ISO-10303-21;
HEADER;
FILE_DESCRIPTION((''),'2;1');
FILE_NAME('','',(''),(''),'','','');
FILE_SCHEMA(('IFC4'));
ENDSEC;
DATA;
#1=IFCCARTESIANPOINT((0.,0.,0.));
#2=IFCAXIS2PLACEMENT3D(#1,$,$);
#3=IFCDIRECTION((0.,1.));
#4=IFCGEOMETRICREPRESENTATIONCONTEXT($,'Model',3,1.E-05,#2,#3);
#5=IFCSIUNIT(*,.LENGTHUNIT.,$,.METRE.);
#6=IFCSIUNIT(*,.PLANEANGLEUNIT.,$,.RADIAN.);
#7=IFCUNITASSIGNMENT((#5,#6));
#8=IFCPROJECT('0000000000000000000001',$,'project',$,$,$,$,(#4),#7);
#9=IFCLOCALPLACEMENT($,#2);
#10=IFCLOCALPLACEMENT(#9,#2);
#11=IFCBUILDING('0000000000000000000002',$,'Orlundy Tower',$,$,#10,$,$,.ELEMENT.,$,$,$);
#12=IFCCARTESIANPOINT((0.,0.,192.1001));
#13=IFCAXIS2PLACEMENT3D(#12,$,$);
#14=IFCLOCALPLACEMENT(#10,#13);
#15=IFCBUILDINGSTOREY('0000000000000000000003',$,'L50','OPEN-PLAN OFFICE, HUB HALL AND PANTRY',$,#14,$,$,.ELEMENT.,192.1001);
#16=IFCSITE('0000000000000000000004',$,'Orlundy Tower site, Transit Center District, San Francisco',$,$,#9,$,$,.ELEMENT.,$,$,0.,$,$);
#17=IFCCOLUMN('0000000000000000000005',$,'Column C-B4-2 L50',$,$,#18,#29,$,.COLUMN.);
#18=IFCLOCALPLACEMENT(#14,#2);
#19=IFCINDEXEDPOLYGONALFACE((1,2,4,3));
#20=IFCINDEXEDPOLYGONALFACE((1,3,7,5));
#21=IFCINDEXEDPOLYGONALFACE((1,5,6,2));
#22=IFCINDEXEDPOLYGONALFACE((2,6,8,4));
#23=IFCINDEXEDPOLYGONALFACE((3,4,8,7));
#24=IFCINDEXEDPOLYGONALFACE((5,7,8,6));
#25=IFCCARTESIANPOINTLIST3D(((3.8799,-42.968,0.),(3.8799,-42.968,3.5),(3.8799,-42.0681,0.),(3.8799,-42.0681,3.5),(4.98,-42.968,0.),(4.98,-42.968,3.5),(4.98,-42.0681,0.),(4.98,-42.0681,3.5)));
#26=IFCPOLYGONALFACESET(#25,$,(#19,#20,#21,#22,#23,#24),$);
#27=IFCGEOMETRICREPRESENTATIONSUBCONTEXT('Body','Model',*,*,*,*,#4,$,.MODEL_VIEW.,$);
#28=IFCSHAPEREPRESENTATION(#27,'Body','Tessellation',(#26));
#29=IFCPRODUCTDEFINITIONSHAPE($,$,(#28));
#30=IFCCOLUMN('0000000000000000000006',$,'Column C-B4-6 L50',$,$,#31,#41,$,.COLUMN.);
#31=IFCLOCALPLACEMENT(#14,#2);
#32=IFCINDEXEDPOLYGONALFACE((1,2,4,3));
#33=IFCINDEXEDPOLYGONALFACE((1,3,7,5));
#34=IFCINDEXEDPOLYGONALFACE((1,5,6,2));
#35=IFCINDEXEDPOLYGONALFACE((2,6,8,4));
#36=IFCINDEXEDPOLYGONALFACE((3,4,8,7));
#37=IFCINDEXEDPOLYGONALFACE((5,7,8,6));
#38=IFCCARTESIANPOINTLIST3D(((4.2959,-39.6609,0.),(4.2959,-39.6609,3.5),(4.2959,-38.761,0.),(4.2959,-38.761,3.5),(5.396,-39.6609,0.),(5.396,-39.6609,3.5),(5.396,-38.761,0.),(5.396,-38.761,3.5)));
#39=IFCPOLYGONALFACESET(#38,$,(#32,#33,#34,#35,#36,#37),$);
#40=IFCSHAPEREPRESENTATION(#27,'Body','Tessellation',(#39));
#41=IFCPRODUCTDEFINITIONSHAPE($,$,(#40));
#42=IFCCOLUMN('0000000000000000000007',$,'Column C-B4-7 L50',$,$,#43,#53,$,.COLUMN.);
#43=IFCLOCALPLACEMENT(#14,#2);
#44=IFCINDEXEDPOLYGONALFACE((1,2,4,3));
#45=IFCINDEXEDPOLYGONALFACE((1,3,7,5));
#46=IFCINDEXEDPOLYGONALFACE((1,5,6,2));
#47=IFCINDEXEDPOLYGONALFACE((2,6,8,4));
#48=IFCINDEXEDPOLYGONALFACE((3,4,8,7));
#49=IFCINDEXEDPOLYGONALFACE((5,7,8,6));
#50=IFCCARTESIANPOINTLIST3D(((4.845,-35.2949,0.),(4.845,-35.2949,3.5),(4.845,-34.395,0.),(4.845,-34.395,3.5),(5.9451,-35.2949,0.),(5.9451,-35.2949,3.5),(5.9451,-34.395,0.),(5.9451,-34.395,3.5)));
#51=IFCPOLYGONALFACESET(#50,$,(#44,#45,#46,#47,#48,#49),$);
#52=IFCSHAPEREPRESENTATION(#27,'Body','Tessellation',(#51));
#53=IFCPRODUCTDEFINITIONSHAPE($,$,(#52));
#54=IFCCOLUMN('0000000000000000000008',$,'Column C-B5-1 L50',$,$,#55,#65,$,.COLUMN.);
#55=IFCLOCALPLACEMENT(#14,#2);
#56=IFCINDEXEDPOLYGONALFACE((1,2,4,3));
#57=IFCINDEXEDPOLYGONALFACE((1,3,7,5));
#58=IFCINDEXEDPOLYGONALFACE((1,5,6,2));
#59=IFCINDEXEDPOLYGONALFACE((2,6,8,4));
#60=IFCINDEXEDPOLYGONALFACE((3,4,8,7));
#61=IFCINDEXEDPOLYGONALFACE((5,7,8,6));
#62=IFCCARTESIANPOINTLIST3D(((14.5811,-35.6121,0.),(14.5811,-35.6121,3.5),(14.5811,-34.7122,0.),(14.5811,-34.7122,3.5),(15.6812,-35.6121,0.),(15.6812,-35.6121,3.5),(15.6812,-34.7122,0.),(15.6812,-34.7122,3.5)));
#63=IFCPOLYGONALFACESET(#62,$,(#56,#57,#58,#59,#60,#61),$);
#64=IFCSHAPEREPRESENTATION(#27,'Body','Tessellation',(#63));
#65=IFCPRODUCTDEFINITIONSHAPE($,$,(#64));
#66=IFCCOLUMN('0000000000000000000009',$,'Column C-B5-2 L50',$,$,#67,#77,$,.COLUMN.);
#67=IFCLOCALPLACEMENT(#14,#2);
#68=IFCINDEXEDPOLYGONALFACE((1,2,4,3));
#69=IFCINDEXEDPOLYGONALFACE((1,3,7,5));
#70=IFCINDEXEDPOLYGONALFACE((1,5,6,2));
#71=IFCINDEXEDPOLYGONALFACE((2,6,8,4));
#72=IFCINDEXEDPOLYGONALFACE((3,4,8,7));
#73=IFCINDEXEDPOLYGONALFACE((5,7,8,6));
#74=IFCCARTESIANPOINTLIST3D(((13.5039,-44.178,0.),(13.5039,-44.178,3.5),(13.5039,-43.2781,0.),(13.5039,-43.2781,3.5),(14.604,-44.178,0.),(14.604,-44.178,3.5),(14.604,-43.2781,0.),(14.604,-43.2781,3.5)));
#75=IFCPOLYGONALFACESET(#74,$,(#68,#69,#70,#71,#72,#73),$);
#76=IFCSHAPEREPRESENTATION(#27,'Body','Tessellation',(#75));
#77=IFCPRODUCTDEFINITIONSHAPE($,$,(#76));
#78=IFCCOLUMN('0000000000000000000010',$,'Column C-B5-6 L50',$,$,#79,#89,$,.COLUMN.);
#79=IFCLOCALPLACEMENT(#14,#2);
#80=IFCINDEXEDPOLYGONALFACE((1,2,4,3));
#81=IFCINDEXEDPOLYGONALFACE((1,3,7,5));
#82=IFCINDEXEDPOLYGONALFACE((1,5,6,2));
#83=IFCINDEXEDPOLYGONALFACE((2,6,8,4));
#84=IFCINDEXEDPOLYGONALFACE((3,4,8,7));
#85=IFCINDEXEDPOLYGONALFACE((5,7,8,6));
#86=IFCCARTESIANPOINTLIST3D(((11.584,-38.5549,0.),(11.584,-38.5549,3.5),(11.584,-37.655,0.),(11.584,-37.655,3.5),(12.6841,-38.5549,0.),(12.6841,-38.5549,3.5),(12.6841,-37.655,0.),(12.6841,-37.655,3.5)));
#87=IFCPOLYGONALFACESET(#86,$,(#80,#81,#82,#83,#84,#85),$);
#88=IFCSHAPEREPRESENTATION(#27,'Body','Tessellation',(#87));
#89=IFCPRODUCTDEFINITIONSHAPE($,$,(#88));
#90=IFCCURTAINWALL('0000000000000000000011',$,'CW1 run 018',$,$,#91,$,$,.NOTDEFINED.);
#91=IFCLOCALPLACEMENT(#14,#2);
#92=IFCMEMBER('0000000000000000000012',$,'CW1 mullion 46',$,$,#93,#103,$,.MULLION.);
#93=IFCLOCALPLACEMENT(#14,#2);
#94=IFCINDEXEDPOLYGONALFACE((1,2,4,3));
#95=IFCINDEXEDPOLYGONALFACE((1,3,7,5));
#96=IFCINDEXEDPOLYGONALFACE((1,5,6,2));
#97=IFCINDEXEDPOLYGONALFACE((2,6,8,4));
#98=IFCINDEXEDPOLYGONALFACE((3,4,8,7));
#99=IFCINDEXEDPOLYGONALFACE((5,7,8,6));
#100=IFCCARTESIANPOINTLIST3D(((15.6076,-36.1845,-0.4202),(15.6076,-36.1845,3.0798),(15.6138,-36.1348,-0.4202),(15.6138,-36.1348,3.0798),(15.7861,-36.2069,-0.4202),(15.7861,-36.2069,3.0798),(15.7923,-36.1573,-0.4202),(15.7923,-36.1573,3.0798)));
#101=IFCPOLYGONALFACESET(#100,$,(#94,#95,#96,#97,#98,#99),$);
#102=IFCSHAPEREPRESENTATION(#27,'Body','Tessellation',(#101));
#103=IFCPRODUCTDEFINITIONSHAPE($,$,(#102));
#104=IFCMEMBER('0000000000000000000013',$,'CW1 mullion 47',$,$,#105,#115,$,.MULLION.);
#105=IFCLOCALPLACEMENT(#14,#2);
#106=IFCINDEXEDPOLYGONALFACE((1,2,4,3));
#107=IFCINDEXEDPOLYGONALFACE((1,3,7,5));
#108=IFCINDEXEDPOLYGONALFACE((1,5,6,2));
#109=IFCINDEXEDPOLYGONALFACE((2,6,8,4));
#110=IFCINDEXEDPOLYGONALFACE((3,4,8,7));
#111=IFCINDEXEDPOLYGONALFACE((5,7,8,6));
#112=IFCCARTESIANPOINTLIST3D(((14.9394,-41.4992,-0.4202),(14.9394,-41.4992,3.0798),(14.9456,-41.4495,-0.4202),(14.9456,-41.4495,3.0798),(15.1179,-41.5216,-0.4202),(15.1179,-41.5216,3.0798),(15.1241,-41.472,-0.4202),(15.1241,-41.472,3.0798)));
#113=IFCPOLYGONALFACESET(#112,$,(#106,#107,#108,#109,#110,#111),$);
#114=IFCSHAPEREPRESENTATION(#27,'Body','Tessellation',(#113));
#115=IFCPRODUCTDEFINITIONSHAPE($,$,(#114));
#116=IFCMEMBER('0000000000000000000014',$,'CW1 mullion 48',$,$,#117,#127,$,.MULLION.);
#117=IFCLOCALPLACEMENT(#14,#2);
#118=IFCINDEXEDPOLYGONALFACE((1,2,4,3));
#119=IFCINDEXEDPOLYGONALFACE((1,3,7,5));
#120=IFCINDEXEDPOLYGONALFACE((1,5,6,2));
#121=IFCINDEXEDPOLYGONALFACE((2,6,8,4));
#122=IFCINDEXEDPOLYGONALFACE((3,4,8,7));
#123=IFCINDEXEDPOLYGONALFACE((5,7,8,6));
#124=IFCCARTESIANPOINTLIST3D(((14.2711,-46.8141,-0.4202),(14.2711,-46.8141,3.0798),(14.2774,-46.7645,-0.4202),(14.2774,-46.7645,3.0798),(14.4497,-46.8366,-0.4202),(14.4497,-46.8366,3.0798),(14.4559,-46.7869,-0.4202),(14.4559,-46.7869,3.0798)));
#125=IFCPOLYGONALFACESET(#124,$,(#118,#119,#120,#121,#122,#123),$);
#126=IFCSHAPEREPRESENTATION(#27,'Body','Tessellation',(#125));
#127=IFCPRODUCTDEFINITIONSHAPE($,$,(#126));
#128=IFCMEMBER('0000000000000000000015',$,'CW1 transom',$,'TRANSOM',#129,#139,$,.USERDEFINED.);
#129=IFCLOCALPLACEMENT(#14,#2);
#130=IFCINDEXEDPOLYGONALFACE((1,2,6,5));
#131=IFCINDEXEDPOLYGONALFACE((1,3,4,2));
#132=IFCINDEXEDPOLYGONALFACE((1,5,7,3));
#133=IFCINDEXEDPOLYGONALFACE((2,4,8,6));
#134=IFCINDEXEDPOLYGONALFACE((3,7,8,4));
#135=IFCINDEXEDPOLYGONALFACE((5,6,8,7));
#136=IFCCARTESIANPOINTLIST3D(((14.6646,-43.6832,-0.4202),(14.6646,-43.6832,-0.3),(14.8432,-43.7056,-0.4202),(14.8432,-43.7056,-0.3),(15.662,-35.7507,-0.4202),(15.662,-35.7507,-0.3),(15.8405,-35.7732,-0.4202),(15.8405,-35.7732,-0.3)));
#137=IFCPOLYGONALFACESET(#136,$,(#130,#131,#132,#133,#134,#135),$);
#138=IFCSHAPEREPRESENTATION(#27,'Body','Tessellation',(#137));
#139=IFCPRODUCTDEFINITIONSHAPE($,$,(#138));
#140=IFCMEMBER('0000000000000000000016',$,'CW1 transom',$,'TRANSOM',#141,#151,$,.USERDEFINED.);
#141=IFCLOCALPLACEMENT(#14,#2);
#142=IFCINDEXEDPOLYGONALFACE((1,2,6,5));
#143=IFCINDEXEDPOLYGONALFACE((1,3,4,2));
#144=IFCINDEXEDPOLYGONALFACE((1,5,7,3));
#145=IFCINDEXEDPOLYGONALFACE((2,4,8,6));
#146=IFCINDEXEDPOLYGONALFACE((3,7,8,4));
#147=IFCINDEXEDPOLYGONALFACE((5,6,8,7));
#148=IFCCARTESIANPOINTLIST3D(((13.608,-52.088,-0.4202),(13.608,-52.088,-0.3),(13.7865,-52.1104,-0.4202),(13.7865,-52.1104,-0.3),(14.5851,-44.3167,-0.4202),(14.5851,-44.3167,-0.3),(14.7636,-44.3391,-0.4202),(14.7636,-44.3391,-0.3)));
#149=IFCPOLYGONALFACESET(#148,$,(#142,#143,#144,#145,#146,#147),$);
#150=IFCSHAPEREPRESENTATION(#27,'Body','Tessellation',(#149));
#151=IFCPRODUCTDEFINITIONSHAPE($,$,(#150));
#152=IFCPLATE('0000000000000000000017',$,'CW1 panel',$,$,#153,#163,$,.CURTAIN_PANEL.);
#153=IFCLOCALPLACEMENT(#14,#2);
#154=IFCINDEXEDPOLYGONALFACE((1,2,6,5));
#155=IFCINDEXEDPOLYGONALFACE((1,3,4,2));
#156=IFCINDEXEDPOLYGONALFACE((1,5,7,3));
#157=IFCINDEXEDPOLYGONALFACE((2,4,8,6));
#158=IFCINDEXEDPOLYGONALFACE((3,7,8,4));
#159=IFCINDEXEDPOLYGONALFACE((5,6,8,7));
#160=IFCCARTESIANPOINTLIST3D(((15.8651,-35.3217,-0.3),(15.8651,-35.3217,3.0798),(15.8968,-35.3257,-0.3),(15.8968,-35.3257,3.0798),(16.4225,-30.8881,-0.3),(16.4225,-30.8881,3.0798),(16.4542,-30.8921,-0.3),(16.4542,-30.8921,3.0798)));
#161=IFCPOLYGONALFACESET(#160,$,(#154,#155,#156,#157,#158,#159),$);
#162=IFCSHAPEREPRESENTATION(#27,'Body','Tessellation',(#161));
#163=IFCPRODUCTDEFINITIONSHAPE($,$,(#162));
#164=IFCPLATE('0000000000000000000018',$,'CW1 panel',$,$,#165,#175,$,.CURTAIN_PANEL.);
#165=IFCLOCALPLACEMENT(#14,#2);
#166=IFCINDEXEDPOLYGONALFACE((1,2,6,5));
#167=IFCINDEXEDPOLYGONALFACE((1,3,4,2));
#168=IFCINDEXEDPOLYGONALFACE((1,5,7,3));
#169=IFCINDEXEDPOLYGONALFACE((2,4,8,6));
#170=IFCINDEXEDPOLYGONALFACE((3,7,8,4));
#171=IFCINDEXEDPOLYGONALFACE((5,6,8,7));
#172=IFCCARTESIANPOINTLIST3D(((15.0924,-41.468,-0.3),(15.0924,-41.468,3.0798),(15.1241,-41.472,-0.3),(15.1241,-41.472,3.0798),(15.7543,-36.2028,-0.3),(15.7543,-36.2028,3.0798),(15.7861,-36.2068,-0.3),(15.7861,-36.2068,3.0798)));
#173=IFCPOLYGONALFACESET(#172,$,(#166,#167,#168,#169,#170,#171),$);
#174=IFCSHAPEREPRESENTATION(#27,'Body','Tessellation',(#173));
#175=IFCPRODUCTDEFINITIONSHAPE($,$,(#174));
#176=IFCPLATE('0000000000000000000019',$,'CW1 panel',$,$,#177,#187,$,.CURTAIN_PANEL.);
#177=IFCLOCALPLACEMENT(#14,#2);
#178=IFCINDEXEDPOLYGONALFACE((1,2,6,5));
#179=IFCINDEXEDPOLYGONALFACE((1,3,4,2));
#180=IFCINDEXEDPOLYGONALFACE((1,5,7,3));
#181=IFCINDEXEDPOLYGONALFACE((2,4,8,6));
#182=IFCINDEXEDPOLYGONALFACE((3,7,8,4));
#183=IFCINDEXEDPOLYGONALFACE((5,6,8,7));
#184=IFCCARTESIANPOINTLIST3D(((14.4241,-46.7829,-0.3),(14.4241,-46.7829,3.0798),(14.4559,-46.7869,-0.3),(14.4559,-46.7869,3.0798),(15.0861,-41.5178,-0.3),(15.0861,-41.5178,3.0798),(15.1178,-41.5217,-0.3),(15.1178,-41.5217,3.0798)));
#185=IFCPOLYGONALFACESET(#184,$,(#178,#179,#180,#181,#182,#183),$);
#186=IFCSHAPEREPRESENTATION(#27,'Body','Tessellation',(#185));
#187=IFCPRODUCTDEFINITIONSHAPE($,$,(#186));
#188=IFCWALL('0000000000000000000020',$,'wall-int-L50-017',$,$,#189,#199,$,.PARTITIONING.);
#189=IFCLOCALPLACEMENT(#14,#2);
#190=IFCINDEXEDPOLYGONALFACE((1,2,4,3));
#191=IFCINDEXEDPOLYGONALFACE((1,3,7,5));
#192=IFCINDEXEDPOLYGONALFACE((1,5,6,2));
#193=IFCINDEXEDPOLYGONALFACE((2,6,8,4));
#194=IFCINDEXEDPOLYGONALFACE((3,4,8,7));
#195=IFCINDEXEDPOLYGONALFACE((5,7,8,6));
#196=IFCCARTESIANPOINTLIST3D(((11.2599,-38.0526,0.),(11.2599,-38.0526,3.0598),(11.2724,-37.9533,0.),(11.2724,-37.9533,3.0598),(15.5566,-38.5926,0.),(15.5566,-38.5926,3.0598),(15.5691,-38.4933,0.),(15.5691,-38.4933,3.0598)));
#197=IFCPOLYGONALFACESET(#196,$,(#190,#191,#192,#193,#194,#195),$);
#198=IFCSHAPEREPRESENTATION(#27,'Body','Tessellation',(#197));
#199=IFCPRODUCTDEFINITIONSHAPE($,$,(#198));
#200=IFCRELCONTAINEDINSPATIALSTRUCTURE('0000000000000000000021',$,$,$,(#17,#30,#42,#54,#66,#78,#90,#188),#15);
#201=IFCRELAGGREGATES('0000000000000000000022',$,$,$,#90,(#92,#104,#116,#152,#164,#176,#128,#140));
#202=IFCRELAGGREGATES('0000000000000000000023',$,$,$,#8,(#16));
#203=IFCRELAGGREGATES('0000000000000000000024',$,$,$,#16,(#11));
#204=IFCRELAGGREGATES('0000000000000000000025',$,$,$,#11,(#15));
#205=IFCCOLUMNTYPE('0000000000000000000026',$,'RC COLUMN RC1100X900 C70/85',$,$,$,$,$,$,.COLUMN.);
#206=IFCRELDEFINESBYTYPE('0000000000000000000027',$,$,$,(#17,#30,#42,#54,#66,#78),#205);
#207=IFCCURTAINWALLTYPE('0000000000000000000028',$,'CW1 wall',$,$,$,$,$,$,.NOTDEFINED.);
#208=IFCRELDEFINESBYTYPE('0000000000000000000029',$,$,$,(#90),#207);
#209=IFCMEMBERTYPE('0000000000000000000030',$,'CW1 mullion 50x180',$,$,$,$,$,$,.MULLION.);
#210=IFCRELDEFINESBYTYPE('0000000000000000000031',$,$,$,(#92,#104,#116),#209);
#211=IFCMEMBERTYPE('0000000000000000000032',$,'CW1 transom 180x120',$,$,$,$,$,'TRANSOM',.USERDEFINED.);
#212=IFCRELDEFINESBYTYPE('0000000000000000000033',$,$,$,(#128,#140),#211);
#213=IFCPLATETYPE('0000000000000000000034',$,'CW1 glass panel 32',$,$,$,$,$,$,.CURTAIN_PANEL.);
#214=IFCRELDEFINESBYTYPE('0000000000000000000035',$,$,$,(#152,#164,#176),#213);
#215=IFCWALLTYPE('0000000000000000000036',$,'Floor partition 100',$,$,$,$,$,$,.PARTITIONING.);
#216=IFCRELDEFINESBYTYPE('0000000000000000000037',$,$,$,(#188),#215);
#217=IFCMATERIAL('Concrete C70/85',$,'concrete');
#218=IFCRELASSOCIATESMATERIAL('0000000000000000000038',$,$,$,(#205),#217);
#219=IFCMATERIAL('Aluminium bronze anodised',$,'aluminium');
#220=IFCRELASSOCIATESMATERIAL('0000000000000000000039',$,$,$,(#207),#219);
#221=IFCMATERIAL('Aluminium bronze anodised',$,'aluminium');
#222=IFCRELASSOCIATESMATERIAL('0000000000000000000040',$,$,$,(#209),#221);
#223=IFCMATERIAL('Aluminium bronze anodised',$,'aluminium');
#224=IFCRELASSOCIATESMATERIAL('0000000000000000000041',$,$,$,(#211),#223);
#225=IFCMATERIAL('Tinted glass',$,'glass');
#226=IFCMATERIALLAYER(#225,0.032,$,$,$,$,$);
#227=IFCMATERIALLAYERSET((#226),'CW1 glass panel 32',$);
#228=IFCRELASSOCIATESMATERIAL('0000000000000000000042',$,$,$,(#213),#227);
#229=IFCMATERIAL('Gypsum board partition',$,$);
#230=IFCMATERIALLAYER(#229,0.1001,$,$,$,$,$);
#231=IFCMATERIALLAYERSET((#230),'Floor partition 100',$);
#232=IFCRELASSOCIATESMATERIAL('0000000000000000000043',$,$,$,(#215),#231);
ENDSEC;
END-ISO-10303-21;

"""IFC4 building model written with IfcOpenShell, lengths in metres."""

from ifc_helpers import new_model, si_unit, direction, frame, frame_2d, origin, origin_2d, place, context, subcontext, project, spatial, rectangle, extrude, material, layer, layer_set, material_profile, profile_set, type_object, element, aggregate, save


model = new_model("IFC4")

# Units and contexts
model_context = context("Model", 3, precision=1e-05, world=origin(), true_north=direction((0.0, 1.0)))
body_context = subcontext(model_context, "Body", "Model", "MODEL_VIEW")
ifc_project = project(units=[si_unit("LENGTHUNIT", "METRE"), si_unit("PLANEANGLEUNIT", "RADIAN")], contexts=[model_context])

# Site, building, storey
site_placement = place(None, origin())
site = spatial("IfcSite", under=ifc_project, at=site_placement, Name="Orlundy Tower site, Transit Center District, San Francisco", CompositionType="ELEMENT", RefElevation=0.0)
building_placement = place(site_placement, origin())
building = spatial("IfcBuilding", under=site, at=building_placement, Name="Orlundy Tower", CompositionType="ELEMENT")
storey_placement = place(building_placement, frame((0.0, 0.0, 192.1001)))
storey = spatial("IfcBuildingStorey", under=building, at=storey_placement, Name="L50", Description="OPEN-PLAN OFFICE, HUB HALL AND PANTRY", CompositionType="ELEMENT", Elevation=192.1001)

# Columns
ifc_material_1 = material(Name="Concrete C70/85", Category="concrete")
ifc_material_profile_1 = material_profile(ifc_material_1, rectangle(XDim=1.1001, YDim=0.8999, at=origin_2d()), Name="RC1100X900")
ifc_profile_set_1 = profile_set([ifc_material_profile_1], Name="Concrete C70/85")
column_type = type_object("IfcColumnType", Name="RC COLUMN RC1100X900 C70/85", PredefinedType="COLUMN", material=ifc_profile_set_1)
for number, where, z_axis, x_axis, name in (
    (1, (4.4299, -42.5181, 0.0), (0.0, 0.0, 1.0), (1.0, 0.0, 0.0), "Column C-B4-2 L50"),
    (2, (4.8459, -39.2109, 0.0), (0.0, 0.0, 1.0), (1.0, 0.0, 0.0), "Column C-B4-6 L50"),
    (3, (5.395, -34.845, 0.0), (0.0, 0.0, 1.0), (1.0, 0.0, 0.0), "Column C-B4-7 L50"),
    (4, (15.1311, -35.1621, 0.0), (0.0, 0.0, 1.0), (1.0, 0.0, 0.0), "Column C-B5-1 L50"),
    (5, (14.054, -43.728, 0.0), (0.0, 0.0, 1.0), (1.0, 0.0, 0.0), "Column C-B5-2 L50"),
    (6, (12.134, -38.105, 0.0), (0.0, 0.0, 1.0), (1.0, 0.0, 0.0), "Column C-B5-6 L50"),
):
    element("IfcColumn", number, at=place(storey_placement, frame(where, z_axis=z_axis, x_axis=x_axis)), inside=storey, type_object=column_type, Name=name, PredefinedType="COLUMN", context=body_context, shape_type="SweptSolid", body=[
        extrude(rectangle(XDim=1.1001, YDim=0.8999, at=origin_2d()), origin(), (0.0, 0.0, 1.0), 3.5),
    ])

# Curtain wall, members, plates
ifc_material_2 = material(Name="Aluminium bronze anodised", Category="aluminium")
curtain_wall_type = type_object("IfcCurtainWallType", Name="CW1 wall", PredefinedType="NOTDEFINED", material=ifc_material_2)
curtain_wall_placement = place(storey_placement, origin())
curtain_wall = element("IfcCurtainWall", 7, at=curtain_wall_placement, inside=storey, type_object=curtain_wall_type, Name="CW1 run 018", PredefinedType="NOTDEFINED")
ifc_material_3 = material(Name="Aluminium bronze anodised", Category="aluminium")
ifc_material_profile_2 = material_profile(ifc_material_3, rectangle(XDim=0.1799, YDim=0.05, at=origin_2d()), Name="CW1 mullion 50x180")
ifc_profile_set_2 = profile_set([ifc_material_profile_2], Name="Aluminium bronze anodised")
member_type_1 = type_object("IfcMemberType", Name="CW1 mullion 50x180", PredefinedType="MULLION", material=ifc_profile_set_2)
member_1_placement = place(storey_placement, frame((15.7, -36.1709, -0.4202), z_axis=(0.0, 0.0, 1.0), x_axis=(0.992189, -0.124742, 0.0)))
member_1 = element("IfcMember", 8, at=member_1_placement, type_object=member_type_1, Name="CW1 mullion 46", PredefinedType="MULLION", context=body_context, shape_type="SweptSolid", body=[
    extrude(rectangle(XDim=0.1799, YDim=0.05, at=origin_2d()), origin(), (0.0, 0.0, 1.0), 3.5),
])
member_2_placement = place(storey_placement, frame((15.0317, -41.4856, -0.4202), z_axis=(0.0, 0.0, 1.0), x_axis=(0.992189, -0.124742, 0.0)))
member_2 = element("IfcMember", 9, at=member_2_placement, type_object=member_type_1, Name="CW1 mullion 47", PredefinedType="MULLION", context=body_context, shape_type="SweptSolid", body=[
    extrude(rectangle(XDim=0.1799, YDim=0.05, at=origin_2d()), origin(), (0.0, 0.0, 1.0), 3.5),
])
member_3_placement = place(storey_placement, frame((14.3635, -46.8005, -0.4202), z_axis=(0.0, 0.0, 1.0), x_axis=(0.992189, -0.124742, 0.0)))
member_3 = element("IfcMember", 10, at=member_3_placement, type_object=member_type_1, Name="CW1 mullion 48", PredefinedType="MULLION", context=body_context, shape_type="SweptSolid", body=[
    extrude(rectangle(XDim=0.1799, YDim=0.05, at=origin_2d()), origin(), (0.0, 0.0, 1.0), 3.5),
])
ifc_material_4 = material(Name="Aluminium bronze anodised", Category="aluminium")
ifc_material_profile_3 = material_profile(ifc_material_4, rectangle(XDim=0.1799, YDim=0.1201, at=origin_2d()), Name="CW1 transom 180x120")
ifc_profile_set_3 = profile_set([ifc_material_profile_3], Name="Aluminium bronze anodised")
member_type_2 = type_object("IfcMemberType", Name="CW1 transom 180x120", ElementType="TRANSOM", PredefinedType="USERDEFINED", material=ifc_profile_set_3)
member_4_placement = place(storey_placement, frame((15.7512, -35.762, -0.3601), z_axis=(-0.124745, -0.992189, 0.0), x_axis=(0.992189, -0.124745, 0.0)))
member_4 = element("IfcMember", 11, at=member_4_placement, type_object=member_type_2, Name="CW1 transom", ObjectType="TRANSOM", PredefinedType="USERDEFINED", context=body_context, shape_type="SweptSolid", body=[
    extrude(rectangle(XDim=0.1799, YDim=0.1201, at=origin_2d()), origin(), (0.0, 0.0, 1.0), 7.9949),
])
member_5_placement = place(storey_placement, frame((14.6743, -44.3279, -0.3601), z_axis=(-0.124744, -0.992189, 0.0), x_axis=(0.992189, -0.124744, 0.0)))
member_5 = element("IfcMember", 12, at=member_5_placement, type_object=member_type_2, Name="CW1 transom", ObjectType="TRANSOM", PredefinedType="USERDEFINED", context=body_context, shape_type="SweptSolid", body=[
    extrude(rectangle(XDim=0.1799, YDim=0.1201, at=origin_2d()), origin(), (0.0, 0.0, 1.0), 7.8325),
])
ifc_material_5 = material(Name="Tinted glass", Category="glass")
ifc_layer_1 = layer(ifc_material_5, 0.032)
ifc_layer_set_1 = layer_set([ifc_layer_1], Name="CW1 glass panel 32")
plate_type = type_object("IfcPlateType", Name="CW1 glass panel 32", PredefinedType="CURTAIN_PANEL", material=ifc_layer_set_1)
plate_1_placement = place(storey_placement, frame((16.1597, -33.1069, -0.3), z_axis=(0.0, 0.0, 1.0), x_axis=(-0.124742, -0.992189, 0.0)))
plate_1 = element("IfcPlate", 13, at=plate_1_placement, type_object=plate_type, Name="CW1 panel", PredefinedType="CURTAIN_PANEL", context=body_context, shape_type="SweptSolid", body=[
    extrude(rectangle(XDim=4.4685, YDim=0.032, at=origin_2d()), origin(), (0.0, 0.0, 1.0), 3.3799),
])
plate_2_placement = place(storey_placement, frame((15.4392, -38.8374, -0.3), z_axis=(0.0, 0.0, 1.0), x_axis=(-0.124742, -0.992189, 0.0)))
plate_2 = element("IfcPlate", 14, at=plate_2_placement, type_object=plate_type, Name="CW1 panel", PredefinedType="CURTAIN_PANEL", context=body_context, shape_type="SweptSolid", body=[
    extrude(rectangle(XDim=5.3066, YDim=0.032, at=origin_2d()), origin(), (0.0, 0.0, 1.0), 3.3799),
])
plate_3_placement = place(storey_placement, frame((14.771, -44.1523, -0.3), z_axis=(0.0, 0.0, 1.0), x_axis=(-0.124742, -0.992189, 0.0)))
plate_3 = element("IfcPlate", 15, at=plate_3_placement, type_object=plate_type, Name="CW1 panel", PredefinedType="CURTAIN_PANEL", context=body_context, shape_type="SweptSolid", body=[
    extrude(rectangle(XDim=5.3066, YDim=0.032, at=origin_2d()), origin(), (0.0, 0.0, 1.0), 3.3799),
])
aggregate(curtain_wall, [member_1, member_2, member_3, plate_1, plate_2, plate_3, member_4, member_5])

# Wall
ifc_material_6 = material(Name="Gypsum board partition")
ifc_layer_2 = layer(ifc_material_6, 0.1001)
ifc_layer_set_2 = layer_set([ifc_layer_2], Name="Floor partition 100")
wall_type_1 = type_object("IfcWallType", Name="Floor partition 100", PredefinedType="PARTITIONING", material=ifc_layer_set_2)
for number, where, z_axis, x_axis, name in (
    (16, (11.2661, -38.0029, 0.0), (0.0, 0.0, 1.0), (0.992194, -0.124701, 0.0), "wall-int-L50-017"),
):
    element("IfcWall", number, at=place(storey_placement, frame(where, z_axis=z_axis, x_axis=x_axis)), inside=storey, type_object=wall_type_1, Name=name, PredefinedType="PARTITIONING", context=body_context, shape_type="SweptSolid", body=[
        extrude(rectangle(XDim=4.3306, YDim=0.1001, at=frame_2d((2.1653, 0.0))), origin(), (0.0, 0.0, 1.0), 3.0598),
    ])

save(model, "model.ifc")
